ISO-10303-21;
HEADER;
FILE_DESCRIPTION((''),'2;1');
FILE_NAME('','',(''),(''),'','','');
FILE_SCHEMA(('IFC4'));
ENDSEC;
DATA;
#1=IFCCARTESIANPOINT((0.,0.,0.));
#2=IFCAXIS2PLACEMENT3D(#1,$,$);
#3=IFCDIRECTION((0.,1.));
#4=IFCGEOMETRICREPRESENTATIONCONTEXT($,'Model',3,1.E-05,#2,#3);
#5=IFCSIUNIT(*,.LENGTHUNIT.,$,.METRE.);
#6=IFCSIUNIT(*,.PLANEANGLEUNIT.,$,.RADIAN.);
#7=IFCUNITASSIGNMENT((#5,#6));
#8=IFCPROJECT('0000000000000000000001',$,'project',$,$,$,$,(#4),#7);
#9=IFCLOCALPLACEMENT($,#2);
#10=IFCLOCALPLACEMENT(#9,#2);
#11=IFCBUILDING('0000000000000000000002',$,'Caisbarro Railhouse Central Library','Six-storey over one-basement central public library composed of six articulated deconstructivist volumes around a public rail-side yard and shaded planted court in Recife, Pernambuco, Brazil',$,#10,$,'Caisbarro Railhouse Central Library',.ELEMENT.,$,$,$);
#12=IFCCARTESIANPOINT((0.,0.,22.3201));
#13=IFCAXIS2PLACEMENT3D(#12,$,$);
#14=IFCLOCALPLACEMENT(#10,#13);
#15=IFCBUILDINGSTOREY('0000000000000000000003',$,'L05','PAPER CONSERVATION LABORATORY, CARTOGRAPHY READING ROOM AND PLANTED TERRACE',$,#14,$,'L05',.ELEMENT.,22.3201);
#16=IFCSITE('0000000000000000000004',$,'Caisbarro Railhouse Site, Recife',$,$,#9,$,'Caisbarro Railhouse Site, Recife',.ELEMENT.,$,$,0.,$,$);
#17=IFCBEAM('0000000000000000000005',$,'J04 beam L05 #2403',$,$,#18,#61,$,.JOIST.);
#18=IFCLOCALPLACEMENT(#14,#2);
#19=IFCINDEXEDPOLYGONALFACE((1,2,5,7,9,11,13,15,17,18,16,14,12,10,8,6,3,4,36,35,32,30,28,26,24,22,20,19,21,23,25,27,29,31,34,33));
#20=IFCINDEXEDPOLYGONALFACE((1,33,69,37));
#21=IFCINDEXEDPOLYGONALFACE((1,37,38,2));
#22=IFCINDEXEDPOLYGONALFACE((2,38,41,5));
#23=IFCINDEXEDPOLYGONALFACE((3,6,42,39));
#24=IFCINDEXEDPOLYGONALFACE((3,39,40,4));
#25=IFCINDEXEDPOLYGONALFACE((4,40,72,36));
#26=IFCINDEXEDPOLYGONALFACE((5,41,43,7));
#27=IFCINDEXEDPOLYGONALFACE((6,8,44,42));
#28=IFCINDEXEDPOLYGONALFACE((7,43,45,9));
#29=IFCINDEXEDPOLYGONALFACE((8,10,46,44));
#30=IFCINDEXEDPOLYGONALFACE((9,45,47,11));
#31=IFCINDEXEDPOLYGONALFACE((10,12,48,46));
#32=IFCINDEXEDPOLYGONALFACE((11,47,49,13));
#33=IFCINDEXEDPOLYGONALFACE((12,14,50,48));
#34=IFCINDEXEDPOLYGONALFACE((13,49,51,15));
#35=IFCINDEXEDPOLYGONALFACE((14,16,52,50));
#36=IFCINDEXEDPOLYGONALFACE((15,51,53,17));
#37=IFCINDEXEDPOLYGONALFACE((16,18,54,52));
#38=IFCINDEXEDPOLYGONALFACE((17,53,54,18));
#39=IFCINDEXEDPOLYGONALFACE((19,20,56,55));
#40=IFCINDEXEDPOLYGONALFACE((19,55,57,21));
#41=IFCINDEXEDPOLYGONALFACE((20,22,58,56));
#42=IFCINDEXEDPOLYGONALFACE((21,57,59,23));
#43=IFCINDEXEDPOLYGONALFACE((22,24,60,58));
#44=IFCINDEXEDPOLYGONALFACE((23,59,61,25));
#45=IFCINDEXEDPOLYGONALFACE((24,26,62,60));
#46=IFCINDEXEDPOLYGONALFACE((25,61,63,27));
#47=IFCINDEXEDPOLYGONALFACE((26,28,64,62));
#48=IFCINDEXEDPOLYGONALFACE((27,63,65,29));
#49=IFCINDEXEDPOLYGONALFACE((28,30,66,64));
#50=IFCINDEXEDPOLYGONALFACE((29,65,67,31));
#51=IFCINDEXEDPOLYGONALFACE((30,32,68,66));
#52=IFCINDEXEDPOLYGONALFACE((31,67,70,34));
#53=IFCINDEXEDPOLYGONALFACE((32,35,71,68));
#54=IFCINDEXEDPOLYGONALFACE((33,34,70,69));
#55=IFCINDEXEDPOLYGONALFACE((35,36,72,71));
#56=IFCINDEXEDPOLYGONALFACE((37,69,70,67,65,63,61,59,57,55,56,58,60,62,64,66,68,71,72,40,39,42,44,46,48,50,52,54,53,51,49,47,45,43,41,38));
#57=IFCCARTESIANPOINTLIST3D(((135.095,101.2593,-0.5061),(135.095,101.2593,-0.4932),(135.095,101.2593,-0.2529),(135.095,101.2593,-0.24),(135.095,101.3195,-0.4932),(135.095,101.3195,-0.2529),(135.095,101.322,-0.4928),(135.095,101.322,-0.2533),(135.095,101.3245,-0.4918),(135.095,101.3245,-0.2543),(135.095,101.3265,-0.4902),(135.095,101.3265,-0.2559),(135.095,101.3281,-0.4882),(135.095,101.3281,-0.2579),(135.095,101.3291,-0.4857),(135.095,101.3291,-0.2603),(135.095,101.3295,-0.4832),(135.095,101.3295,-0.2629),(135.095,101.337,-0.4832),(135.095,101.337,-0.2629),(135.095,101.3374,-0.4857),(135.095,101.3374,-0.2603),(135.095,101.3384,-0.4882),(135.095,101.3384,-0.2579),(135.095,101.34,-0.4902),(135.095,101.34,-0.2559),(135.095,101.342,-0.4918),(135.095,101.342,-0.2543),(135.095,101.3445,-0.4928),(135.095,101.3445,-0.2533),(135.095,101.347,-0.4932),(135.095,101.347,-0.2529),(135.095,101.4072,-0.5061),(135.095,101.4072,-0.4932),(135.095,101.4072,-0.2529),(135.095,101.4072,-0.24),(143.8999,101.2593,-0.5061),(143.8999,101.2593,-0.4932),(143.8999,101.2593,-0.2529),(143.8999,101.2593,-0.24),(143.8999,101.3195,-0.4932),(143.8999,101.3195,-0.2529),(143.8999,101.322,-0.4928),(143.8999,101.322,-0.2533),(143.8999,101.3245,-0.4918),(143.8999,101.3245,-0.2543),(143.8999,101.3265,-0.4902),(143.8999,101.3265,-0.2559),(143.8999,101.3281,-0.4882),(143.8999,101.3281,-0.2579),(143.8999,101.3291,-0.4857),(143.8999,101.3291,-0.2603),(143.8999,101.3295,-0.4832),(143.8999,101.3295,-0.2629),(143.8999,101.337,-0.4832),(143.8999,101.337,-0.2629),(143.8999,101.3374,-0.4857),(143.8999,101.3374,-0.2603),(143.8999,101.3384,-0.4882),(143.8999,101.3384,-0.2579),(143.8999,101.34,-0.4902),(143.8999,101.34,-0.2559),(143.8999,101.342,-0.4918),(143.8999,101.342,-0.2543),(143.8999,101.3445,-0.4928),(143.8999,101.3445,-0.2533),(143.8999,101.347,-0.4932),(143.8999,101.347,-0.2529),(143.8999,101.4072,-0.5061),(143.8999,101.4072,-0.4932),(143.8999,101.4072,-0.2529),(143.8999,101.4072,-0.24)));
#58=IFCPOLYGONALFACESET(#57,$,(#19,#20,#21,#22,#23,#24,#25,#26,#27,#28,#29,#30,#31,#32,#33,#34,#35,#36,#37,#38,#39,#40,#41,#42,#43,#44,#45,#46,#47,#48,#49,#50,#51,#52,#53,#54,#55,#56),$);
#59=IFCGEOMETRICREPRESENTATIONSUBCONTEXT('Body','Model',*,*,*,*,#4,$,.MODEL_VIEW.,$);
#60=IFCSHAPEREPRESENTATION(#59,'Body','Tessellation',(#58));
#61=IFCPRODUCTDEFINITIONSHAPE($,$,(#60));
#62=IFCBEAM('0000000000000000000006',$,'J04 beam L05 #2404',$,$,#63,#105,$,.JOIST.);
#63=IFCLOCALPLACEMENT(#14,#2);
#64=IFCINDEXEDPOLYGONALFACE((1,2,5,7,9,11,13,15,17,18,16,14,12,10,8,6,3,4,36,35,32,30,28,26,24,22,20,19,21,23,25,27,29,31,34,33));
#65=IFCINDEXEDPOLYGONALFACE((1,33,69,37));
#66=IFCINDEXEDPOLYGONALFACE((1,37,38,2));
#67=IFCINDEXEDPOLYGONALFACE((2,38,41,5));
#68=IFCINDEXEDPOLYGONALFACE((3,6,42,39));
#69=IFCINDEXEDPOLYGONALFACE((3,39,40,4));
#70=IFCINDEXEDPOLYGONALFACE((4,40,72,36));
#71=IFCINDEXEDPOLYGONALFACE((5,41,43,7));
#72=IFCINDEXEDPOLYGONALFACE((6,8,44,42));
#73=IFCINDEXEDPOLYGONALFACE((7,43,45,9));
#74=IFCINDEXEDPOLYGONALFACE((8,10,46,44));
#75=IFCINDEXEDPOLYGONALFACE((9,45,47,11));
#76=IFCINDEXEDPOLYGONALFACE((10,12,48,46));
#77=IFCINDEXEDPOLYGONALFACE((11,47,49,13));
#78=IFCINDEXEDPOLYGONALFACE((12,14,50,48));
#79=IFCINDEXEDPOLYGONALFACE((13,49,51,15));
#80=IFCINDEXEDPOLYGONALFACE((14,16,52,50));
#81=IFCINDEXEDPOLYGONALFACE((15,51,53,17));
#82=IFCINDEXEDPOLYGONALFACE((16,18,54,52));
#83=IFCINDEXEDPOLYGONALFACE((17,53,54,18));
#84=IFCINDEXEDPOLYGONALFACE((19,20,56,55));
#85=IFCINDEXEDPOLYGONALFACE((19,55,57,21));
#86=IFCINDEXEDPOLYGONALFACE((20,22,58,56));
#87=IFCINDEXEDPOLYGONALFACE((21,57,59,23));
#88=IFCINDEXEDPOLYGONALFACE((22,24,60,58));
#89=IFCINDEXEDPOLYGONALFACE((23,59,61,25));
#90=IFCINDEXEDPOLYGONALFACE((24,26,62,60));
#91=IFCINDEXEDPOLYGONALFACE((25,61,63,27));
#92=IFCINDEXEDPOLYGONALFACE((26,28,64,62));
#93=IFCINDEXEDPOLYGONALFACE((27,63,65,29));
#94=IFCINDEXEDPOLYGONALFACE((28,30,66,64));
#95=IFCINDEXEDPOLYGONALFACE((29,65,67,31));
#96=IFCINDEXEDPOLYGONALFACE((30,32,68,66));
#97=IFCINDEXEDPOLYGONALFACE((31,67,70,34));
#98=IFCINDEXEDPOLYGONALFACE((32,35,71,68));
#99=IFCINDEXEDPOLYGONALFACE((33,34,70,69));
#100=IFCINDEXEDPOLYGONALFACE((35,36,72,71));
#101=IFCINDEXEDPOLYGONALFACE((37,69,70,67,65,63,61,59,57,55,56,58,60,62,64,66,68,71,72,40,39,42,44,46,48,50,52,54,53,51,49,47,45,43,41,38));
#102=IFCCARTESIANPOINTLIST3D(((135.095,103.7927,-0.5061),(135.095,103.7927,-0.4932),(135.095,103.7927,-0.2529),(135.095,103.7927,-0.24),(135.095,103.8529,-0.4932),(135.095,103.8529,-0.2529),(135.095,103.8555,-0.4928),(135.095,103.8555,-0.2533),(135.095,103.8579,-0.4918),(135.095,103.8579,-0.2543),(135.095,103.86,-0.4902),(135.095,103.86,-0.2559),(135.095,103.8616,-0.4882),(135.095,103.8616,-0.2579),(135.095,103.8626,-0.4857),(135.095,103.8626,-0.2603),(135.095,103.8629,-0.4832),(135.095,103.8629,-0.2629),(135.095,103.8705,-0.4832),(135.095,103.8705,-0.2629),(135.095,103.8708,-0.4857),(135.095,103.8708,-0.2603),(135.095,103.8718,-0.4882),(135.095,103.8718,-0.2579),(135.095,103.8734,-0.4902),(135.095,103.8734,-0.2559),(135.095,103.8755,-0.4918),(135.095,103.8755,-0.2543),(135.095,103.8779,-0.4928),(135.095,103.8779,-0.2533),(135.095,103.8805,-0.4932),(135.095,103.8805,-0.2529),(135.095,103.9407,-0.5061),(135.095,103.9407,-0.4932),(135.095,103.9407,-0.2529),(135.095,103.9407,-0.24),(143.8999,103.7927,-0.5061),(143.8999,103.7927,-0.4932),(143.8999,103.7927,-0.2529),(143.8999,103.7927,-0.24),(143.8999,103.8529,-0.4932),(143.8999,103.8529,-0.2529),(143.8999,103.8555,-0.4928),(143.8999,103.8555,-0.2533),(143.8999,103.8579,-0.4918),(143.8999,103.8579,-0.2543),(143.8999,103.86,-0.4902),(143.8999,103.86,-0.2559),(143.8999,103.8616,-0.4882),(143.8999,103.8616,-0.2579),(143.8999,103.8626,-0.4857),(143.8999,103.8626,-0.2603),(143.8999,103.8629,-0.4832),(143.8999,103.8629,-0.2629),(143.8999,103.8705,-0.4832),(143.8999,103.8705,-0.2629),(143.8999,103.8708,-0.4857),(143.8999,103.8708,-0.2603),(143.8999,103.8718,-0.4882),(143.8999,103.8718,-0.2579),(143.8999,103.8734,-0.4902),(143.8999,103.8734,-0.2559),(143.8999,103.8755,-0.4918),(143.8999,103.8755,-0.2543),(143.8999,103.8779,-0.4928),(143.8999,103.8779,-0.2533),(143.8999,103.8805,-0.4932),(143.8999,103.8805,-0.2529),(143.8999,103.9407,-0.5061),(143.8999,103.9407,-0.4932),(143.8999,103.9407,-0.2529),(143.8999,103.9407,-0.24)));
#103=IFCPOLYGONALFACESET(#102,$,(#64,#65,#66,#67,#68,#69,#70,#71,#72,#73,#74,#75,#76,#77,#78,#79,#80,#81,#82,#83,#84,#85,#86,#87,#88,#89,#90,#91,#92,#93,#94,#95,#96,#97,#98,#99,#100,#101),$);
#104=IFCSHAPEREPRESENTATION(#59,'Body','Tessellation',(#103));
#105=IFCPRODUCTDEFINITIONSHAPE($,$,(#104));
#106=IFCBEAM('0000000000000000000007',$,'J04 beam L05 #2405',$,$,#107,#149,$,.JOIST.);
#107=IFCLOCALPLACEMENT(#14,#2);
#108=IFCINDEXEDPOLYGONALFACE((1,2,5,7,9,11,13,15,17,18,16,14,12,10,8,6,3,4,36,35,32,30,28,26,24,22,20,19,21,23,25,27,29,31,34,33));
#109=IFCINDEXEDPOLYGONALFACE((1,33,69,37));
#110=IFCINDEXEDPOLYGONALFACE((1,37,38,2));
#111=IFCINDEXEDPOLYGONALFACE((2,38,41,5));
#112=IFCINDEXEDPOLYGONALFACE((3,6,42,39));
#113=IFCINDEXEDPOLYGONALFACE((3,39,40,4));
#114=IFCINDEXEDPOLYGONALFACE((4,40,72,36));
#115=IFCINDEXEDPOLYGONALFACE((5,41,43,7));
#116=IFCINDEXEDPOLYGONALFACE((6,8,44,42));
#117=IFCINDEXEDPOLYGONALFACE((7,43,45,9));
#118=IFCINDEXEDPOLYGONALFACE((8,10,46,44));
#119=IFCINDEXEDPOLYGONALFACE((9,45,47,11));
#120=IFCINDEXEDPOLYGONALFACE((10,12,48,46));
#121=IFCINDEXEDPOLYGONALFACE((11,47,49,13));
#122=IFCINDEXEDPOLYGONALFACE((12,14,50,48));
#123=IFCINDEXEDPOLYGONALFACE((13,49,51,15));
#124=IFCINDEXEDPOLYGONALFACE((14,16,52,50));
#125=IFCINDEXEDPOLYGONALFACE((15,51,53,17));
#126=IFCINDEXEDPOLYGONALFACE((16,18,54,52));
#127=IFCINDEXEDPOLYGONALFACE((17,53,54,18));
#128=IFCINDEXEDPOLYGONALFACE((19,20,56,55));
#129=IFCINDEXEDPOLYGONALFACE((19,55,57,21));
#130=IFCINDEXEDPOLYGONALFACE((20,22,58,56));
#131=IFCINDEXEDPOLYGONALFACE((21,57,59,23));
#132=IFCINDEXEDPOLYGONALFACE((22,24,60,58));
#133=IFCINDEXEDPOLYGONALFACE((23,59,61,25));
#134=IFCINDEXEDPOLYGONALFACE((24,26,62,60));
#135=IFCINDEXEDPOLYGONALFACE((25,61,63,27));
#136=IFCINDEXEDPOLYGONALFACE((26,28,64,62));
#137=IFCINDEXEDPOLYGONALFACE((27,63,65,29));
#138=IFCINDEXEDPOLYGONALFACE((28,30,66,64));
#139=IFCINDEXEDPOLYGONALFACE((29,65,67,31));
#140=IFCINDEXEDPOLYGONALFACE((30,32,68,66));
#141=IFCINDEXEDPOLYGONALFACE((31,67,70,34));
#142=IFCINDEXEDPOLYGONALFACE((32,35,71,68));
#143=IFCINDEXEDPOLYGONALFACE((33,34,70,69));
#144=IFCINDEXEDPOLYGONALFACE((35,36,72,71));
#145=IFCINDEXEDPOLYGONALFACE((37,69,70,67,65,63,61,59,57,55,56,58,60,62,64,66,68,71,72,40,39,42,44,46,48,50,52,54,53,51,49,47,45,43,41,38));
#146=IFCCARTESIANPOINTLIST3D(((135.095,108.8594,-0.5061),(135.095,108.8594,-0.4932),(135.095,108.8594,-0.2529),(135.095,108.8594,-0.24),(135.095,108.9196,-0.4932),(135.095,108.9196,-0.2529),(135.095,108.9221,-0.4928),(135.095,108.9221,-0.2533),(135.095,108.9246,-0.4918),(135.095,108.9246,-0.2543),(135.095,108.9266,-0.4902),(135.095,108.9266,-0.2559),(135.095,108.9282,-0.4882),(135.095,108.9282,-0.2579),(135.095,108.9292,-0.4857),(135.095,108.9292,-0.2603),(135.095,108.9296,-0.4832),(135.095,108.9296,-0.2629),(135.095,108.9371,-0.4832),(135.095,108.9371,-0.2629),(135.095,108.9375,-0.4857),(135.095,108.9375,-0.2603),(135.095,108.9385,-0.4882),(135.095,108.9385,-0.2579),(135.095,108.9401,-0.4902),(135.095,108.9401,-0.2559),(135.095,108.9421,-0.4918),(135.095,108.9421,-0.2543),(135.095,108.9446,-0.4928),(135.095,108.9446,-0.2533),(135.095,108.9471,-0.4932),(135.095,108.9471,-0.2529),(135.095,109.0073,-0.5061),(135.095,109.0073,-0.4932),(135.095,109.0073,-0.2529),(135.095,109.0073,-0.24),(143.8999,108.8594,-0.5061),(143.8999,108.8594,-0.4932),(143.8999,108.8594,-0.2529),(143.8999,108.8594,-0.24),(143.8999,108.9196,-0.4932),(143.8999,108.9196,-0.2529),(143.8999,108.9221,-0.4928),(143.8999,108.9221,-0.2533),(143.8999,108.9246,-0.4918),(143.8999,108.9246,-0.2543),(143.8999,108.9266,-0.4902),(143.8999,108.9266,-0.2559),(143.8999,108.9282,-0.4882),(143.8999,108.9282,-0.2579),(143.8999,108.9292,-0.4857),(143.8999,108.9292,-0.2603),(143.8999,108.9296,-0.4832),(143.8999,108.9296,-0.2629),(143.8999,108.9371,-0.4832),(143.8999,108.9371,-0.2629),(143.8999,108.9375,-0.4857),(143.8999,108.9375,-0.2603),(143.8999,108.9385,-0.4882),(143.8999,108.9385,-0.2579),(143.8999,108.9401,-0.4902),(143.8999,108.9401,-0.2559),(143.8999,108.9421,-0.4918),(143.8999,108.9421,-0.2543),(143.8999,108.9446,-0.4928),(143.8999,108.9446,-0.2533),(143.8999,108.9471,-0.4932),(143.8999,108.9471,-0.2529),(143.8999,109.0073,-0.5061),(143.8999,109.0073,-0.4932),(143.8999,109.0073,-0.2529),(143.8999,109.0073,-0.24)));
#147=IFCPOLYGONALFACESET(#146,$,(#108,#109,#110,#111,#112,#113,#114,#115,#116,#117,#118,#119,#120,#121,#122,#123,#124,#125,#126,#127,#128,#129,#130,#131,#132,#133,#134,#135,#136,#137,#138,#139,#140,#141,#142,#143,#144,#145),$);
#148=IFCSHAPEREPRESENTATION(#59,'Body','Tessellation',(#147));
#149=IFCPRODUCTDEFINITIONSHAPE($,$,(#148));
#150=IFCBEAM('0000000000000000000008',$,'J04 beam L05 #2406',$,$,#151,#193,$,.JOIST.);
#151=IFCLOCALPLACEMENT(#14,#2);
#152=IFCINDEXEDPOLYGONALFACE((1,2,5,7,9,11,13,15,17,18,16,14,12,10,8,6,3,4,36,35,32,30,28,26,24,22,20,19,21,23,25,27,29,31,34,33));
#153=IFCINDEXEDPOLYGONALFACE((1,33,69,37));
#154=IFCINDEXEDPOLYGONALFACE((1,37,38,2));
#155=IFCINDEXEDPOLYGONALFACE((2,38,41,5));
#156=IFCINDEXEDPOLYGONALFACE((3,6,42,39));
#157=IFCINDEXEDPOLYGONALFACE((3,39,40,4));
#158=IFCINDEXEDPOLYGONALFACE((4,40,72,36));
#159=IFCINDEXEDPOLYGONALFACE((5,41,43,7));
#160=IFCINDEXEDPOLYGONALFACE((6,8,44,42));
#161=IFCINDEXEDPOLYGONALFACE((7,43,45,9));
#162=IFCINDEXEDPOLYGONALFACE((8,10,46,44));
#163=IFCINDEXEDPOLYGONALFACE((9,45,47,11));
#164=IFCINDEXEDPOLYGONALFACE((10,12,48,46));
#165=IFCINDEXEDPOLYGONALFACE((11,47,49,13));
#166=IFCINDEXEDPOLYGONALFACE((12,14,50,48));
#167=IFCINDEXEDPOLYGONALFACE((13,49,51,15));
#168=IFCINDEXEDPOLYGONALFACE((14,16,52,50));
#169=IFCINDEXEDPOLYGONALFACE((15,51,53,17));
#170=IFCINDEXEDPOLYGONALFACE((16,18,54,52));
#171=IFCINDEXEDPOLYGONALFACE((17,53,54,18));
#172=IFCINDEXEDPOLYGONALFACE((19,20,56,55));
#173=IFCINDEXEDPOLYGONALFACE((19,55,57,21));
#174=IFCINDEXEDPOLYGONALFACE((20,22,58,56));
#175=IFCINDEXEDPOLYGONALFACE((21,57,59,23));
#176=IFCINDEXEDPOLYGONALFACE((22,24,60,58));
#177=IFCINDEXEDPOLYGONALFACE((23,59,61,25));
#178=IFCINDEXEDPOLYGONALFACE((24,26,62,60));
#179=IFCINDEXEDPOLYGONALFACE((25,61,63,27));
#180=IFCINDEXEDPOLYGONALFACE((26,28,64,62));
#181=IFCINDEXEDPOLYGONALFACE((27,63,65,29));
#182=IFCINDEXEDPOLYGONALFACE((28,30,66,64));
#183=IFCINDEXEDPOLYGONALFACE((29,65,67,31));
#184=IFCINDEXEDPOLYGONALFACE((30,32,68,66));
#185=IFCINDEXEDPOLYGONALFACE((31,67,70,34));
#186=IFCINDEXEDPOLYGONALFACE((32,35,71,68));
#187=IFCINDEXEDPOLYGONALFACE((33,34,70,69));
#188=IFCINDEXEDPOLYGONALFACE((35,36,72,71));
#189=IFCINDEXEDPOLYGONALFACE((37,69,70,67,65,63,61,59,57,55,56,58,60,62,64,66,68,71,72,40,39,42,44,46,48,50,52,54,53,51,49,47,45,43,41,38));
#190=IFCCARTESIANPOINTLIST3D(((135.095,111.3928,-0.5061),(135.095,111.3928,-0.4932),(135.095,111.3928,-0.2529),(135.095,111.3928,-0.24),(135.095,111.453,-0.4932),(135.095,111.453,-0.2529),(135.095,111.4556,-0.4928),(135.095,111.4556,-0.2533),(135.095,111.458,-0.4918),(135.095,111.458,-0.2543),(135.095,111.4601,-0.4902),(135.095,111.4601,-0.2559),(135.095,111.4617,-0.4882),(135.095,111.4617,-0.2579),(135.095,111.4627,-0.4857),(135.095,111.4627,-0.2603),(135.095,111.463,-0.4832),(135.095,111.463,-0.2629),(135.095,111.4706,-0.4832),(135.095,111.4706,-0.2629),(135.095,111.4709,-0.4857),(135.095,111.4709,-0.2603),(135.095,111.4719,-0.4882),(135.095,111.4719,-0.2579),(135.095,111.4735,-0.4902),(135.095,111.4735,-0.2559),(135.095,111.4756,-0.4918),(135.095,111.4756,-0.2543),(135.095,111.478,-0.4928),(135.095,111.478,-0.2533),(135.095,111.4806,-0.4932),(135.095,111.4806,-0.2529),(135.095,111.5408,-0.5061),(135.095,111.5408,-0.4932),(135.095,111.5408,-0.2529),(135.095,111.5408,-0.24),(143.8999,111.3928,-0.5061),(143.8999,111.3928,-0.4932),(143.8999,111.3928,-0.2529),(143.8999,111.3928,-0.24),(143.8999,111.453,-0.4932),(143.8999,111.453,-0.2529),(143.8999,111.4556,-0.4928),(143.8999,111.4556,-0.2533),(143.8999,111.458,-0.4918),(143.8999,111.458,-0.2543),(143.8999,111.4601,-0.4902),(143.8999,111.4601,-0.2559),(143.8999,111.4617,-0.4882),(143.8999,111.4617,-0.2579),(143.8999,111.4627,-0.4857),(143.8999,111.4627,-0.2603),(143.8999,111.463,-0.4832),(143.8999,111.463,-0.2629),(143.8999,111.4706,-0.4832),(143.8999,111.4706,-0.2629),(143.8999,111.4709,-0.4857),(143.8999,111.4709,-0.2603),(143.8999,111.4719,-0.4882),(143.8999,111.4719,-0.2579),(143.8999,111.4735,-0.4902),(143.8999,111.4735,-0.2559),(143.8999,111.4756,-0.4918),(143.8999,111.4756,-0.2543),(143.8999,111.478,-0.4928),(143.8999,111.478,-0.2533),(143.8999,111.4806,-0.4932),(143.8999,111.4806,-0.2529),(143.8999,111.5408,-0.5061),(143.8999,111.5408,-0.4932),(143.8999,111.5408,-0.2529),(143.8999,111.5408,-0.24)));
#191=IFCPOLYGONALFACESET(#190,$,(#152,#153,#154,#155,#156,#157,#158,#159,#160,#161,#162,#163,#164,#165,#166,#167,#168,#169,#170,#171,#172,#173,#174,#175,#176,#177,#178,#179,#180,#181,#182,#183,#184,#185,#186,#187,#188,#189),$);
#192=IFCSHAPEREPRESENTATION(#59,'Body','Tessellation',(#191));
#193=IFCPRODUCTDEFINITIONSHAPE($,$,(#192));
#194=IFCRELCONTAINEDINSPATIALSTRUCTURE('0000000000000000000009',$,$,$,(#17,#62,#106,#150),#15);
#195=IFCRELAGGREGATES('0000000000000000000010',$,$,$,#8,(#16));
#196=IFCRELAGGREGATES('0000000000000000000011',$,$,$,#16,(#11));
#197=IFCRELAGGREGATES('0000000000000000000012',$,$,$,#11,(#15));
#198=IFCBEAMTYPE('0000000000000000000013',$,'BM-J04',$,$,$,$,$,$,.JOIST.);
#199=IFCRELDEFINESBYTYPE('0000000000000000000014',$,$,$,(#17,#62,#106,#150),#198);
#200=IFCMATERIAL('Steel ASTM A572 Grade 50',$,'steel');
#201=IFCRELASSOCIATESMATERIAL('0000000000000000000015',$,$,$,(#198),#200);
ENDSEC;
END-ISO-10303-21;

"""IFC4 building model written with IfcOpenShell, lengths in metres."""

from ifc_helpers import new_model, si_unit, direction, frame, origin, origin_2d, place, context, subcontext, project, spatial, i_section, extrude, material, material_profile, profile_set, type_object, element, save


model = new_model("IFC4")

# Units and contexts
model_context = context("Model", 3, precision=1e-05, world=origin(), true_north=direction((0.0, 1.0)))
body_context = subcontext(model_context, "Body", "Model", "MODEL_VIEW")
ifc_project = project(units=[si_unit("LENGTHUNIT", "METRE"), si_unit("PLANEANGLEUNIT", "RADIAN")], contexts=[model_context])

# Site, building, storey
site_placement = place(None, origin())
site = spatial("IfcSite", under=ifc_project, at=site_placement, Name="Caisbarro Railhouse Site, Recife", LongName="Caisbarro Railhouse Site, Recife", CompositionType="ELEMENT", RefElevation=0.0)
building_placement = place(site_placement, origin())
building = spatial("IfcBuilding", under=site, at=building_placement, Name="Caisbarro Railhouse Central Library", Description="Six-storey over one-basement central public library composed of six articulated deconstructivist volumes around a public rail-side yard and shaded planted court in Recife, Pernambuco, Brazil", LongName="Caisbarro Railhouse Central Library", CompositionType="ELEMENT")
storey_placement = place(building_placement, frame((0.0, 0.0, 22.3201)))
storey = spatial("IfcBuildingStorey", under=building, at=storey_placement, Name="L05", Description="PAPER CONSERVATION LABORATORY, CARTOGRAPHY READING ROOM AND PLANTED TERRACE", LongName="L05", CompositionType="ELEMENT", Elevation=22.3201)

# Beams
ifc_material_1 = material(Name="Steel ASTM A572 Grade 50", Category="steel")
ifc_material_profile_1 = material_profile(ifc_material_1, i_section(OverallWidth=0.1479, OverallDepth=0.2661, WebThickness=0.0076, FlangeThickness=0.0129, FilletRadius=0.01, at=origin_2d()), Name="W250X44.8")
ifc_profile_set_1 = profile_set([ifc_material_profile_1], Name="Steel ASTM A572 Grade 50")
beam_type_1 = type_object("IfcBeamType", Name="BM-J04", PredefinedType="JOIST", material=ifc_profile_set_1)
for number, where, z_axis, x_axis, name in (
    (1, (135.095, 101.3333, -0.373), (1.0, 0.0, 0.0), (0.0, 1.0, 0.0), "J04 beam L05 #2403"),
    (2, (135.095, 103.8667, -0.373), (1.0, 0.0, 0.0), (0.0, 1.0, 0.0), "J04 beam L05 #2404"),
    (3, (135.095, 108.9333, -0.373), (1.0, 0.0, 0.0), (0.0, 1.0, 0.0), "J04 beam L05 #2405"),
    (4, (135.095, 111.4668, -0.373), (1.0, 0.0, 0.0), (0.0, 1.0, 0.0), "J04 beam L05 #2406"),
):
    element("IfcBeam", number, at=place(storey_placement, frame(where, z_axis=z_axis, x_axis=x_axis)), inside=storey, type_object=beam_type_1, Name=name, PredefinedType="JOIST", context=body_context, shape_type="SweptSolid", body=[
        extrude(i_section(OverallWidth=0.1479, OverallDepth=0.2661, WebThickness=0.0076, FlangeThickness=0.0129, FilletRadius=0.01, at=origin_2d()), origin(), (0.0, 0.0, 1.0), 8.8049),
    ])

save(model, "model.ifc")
